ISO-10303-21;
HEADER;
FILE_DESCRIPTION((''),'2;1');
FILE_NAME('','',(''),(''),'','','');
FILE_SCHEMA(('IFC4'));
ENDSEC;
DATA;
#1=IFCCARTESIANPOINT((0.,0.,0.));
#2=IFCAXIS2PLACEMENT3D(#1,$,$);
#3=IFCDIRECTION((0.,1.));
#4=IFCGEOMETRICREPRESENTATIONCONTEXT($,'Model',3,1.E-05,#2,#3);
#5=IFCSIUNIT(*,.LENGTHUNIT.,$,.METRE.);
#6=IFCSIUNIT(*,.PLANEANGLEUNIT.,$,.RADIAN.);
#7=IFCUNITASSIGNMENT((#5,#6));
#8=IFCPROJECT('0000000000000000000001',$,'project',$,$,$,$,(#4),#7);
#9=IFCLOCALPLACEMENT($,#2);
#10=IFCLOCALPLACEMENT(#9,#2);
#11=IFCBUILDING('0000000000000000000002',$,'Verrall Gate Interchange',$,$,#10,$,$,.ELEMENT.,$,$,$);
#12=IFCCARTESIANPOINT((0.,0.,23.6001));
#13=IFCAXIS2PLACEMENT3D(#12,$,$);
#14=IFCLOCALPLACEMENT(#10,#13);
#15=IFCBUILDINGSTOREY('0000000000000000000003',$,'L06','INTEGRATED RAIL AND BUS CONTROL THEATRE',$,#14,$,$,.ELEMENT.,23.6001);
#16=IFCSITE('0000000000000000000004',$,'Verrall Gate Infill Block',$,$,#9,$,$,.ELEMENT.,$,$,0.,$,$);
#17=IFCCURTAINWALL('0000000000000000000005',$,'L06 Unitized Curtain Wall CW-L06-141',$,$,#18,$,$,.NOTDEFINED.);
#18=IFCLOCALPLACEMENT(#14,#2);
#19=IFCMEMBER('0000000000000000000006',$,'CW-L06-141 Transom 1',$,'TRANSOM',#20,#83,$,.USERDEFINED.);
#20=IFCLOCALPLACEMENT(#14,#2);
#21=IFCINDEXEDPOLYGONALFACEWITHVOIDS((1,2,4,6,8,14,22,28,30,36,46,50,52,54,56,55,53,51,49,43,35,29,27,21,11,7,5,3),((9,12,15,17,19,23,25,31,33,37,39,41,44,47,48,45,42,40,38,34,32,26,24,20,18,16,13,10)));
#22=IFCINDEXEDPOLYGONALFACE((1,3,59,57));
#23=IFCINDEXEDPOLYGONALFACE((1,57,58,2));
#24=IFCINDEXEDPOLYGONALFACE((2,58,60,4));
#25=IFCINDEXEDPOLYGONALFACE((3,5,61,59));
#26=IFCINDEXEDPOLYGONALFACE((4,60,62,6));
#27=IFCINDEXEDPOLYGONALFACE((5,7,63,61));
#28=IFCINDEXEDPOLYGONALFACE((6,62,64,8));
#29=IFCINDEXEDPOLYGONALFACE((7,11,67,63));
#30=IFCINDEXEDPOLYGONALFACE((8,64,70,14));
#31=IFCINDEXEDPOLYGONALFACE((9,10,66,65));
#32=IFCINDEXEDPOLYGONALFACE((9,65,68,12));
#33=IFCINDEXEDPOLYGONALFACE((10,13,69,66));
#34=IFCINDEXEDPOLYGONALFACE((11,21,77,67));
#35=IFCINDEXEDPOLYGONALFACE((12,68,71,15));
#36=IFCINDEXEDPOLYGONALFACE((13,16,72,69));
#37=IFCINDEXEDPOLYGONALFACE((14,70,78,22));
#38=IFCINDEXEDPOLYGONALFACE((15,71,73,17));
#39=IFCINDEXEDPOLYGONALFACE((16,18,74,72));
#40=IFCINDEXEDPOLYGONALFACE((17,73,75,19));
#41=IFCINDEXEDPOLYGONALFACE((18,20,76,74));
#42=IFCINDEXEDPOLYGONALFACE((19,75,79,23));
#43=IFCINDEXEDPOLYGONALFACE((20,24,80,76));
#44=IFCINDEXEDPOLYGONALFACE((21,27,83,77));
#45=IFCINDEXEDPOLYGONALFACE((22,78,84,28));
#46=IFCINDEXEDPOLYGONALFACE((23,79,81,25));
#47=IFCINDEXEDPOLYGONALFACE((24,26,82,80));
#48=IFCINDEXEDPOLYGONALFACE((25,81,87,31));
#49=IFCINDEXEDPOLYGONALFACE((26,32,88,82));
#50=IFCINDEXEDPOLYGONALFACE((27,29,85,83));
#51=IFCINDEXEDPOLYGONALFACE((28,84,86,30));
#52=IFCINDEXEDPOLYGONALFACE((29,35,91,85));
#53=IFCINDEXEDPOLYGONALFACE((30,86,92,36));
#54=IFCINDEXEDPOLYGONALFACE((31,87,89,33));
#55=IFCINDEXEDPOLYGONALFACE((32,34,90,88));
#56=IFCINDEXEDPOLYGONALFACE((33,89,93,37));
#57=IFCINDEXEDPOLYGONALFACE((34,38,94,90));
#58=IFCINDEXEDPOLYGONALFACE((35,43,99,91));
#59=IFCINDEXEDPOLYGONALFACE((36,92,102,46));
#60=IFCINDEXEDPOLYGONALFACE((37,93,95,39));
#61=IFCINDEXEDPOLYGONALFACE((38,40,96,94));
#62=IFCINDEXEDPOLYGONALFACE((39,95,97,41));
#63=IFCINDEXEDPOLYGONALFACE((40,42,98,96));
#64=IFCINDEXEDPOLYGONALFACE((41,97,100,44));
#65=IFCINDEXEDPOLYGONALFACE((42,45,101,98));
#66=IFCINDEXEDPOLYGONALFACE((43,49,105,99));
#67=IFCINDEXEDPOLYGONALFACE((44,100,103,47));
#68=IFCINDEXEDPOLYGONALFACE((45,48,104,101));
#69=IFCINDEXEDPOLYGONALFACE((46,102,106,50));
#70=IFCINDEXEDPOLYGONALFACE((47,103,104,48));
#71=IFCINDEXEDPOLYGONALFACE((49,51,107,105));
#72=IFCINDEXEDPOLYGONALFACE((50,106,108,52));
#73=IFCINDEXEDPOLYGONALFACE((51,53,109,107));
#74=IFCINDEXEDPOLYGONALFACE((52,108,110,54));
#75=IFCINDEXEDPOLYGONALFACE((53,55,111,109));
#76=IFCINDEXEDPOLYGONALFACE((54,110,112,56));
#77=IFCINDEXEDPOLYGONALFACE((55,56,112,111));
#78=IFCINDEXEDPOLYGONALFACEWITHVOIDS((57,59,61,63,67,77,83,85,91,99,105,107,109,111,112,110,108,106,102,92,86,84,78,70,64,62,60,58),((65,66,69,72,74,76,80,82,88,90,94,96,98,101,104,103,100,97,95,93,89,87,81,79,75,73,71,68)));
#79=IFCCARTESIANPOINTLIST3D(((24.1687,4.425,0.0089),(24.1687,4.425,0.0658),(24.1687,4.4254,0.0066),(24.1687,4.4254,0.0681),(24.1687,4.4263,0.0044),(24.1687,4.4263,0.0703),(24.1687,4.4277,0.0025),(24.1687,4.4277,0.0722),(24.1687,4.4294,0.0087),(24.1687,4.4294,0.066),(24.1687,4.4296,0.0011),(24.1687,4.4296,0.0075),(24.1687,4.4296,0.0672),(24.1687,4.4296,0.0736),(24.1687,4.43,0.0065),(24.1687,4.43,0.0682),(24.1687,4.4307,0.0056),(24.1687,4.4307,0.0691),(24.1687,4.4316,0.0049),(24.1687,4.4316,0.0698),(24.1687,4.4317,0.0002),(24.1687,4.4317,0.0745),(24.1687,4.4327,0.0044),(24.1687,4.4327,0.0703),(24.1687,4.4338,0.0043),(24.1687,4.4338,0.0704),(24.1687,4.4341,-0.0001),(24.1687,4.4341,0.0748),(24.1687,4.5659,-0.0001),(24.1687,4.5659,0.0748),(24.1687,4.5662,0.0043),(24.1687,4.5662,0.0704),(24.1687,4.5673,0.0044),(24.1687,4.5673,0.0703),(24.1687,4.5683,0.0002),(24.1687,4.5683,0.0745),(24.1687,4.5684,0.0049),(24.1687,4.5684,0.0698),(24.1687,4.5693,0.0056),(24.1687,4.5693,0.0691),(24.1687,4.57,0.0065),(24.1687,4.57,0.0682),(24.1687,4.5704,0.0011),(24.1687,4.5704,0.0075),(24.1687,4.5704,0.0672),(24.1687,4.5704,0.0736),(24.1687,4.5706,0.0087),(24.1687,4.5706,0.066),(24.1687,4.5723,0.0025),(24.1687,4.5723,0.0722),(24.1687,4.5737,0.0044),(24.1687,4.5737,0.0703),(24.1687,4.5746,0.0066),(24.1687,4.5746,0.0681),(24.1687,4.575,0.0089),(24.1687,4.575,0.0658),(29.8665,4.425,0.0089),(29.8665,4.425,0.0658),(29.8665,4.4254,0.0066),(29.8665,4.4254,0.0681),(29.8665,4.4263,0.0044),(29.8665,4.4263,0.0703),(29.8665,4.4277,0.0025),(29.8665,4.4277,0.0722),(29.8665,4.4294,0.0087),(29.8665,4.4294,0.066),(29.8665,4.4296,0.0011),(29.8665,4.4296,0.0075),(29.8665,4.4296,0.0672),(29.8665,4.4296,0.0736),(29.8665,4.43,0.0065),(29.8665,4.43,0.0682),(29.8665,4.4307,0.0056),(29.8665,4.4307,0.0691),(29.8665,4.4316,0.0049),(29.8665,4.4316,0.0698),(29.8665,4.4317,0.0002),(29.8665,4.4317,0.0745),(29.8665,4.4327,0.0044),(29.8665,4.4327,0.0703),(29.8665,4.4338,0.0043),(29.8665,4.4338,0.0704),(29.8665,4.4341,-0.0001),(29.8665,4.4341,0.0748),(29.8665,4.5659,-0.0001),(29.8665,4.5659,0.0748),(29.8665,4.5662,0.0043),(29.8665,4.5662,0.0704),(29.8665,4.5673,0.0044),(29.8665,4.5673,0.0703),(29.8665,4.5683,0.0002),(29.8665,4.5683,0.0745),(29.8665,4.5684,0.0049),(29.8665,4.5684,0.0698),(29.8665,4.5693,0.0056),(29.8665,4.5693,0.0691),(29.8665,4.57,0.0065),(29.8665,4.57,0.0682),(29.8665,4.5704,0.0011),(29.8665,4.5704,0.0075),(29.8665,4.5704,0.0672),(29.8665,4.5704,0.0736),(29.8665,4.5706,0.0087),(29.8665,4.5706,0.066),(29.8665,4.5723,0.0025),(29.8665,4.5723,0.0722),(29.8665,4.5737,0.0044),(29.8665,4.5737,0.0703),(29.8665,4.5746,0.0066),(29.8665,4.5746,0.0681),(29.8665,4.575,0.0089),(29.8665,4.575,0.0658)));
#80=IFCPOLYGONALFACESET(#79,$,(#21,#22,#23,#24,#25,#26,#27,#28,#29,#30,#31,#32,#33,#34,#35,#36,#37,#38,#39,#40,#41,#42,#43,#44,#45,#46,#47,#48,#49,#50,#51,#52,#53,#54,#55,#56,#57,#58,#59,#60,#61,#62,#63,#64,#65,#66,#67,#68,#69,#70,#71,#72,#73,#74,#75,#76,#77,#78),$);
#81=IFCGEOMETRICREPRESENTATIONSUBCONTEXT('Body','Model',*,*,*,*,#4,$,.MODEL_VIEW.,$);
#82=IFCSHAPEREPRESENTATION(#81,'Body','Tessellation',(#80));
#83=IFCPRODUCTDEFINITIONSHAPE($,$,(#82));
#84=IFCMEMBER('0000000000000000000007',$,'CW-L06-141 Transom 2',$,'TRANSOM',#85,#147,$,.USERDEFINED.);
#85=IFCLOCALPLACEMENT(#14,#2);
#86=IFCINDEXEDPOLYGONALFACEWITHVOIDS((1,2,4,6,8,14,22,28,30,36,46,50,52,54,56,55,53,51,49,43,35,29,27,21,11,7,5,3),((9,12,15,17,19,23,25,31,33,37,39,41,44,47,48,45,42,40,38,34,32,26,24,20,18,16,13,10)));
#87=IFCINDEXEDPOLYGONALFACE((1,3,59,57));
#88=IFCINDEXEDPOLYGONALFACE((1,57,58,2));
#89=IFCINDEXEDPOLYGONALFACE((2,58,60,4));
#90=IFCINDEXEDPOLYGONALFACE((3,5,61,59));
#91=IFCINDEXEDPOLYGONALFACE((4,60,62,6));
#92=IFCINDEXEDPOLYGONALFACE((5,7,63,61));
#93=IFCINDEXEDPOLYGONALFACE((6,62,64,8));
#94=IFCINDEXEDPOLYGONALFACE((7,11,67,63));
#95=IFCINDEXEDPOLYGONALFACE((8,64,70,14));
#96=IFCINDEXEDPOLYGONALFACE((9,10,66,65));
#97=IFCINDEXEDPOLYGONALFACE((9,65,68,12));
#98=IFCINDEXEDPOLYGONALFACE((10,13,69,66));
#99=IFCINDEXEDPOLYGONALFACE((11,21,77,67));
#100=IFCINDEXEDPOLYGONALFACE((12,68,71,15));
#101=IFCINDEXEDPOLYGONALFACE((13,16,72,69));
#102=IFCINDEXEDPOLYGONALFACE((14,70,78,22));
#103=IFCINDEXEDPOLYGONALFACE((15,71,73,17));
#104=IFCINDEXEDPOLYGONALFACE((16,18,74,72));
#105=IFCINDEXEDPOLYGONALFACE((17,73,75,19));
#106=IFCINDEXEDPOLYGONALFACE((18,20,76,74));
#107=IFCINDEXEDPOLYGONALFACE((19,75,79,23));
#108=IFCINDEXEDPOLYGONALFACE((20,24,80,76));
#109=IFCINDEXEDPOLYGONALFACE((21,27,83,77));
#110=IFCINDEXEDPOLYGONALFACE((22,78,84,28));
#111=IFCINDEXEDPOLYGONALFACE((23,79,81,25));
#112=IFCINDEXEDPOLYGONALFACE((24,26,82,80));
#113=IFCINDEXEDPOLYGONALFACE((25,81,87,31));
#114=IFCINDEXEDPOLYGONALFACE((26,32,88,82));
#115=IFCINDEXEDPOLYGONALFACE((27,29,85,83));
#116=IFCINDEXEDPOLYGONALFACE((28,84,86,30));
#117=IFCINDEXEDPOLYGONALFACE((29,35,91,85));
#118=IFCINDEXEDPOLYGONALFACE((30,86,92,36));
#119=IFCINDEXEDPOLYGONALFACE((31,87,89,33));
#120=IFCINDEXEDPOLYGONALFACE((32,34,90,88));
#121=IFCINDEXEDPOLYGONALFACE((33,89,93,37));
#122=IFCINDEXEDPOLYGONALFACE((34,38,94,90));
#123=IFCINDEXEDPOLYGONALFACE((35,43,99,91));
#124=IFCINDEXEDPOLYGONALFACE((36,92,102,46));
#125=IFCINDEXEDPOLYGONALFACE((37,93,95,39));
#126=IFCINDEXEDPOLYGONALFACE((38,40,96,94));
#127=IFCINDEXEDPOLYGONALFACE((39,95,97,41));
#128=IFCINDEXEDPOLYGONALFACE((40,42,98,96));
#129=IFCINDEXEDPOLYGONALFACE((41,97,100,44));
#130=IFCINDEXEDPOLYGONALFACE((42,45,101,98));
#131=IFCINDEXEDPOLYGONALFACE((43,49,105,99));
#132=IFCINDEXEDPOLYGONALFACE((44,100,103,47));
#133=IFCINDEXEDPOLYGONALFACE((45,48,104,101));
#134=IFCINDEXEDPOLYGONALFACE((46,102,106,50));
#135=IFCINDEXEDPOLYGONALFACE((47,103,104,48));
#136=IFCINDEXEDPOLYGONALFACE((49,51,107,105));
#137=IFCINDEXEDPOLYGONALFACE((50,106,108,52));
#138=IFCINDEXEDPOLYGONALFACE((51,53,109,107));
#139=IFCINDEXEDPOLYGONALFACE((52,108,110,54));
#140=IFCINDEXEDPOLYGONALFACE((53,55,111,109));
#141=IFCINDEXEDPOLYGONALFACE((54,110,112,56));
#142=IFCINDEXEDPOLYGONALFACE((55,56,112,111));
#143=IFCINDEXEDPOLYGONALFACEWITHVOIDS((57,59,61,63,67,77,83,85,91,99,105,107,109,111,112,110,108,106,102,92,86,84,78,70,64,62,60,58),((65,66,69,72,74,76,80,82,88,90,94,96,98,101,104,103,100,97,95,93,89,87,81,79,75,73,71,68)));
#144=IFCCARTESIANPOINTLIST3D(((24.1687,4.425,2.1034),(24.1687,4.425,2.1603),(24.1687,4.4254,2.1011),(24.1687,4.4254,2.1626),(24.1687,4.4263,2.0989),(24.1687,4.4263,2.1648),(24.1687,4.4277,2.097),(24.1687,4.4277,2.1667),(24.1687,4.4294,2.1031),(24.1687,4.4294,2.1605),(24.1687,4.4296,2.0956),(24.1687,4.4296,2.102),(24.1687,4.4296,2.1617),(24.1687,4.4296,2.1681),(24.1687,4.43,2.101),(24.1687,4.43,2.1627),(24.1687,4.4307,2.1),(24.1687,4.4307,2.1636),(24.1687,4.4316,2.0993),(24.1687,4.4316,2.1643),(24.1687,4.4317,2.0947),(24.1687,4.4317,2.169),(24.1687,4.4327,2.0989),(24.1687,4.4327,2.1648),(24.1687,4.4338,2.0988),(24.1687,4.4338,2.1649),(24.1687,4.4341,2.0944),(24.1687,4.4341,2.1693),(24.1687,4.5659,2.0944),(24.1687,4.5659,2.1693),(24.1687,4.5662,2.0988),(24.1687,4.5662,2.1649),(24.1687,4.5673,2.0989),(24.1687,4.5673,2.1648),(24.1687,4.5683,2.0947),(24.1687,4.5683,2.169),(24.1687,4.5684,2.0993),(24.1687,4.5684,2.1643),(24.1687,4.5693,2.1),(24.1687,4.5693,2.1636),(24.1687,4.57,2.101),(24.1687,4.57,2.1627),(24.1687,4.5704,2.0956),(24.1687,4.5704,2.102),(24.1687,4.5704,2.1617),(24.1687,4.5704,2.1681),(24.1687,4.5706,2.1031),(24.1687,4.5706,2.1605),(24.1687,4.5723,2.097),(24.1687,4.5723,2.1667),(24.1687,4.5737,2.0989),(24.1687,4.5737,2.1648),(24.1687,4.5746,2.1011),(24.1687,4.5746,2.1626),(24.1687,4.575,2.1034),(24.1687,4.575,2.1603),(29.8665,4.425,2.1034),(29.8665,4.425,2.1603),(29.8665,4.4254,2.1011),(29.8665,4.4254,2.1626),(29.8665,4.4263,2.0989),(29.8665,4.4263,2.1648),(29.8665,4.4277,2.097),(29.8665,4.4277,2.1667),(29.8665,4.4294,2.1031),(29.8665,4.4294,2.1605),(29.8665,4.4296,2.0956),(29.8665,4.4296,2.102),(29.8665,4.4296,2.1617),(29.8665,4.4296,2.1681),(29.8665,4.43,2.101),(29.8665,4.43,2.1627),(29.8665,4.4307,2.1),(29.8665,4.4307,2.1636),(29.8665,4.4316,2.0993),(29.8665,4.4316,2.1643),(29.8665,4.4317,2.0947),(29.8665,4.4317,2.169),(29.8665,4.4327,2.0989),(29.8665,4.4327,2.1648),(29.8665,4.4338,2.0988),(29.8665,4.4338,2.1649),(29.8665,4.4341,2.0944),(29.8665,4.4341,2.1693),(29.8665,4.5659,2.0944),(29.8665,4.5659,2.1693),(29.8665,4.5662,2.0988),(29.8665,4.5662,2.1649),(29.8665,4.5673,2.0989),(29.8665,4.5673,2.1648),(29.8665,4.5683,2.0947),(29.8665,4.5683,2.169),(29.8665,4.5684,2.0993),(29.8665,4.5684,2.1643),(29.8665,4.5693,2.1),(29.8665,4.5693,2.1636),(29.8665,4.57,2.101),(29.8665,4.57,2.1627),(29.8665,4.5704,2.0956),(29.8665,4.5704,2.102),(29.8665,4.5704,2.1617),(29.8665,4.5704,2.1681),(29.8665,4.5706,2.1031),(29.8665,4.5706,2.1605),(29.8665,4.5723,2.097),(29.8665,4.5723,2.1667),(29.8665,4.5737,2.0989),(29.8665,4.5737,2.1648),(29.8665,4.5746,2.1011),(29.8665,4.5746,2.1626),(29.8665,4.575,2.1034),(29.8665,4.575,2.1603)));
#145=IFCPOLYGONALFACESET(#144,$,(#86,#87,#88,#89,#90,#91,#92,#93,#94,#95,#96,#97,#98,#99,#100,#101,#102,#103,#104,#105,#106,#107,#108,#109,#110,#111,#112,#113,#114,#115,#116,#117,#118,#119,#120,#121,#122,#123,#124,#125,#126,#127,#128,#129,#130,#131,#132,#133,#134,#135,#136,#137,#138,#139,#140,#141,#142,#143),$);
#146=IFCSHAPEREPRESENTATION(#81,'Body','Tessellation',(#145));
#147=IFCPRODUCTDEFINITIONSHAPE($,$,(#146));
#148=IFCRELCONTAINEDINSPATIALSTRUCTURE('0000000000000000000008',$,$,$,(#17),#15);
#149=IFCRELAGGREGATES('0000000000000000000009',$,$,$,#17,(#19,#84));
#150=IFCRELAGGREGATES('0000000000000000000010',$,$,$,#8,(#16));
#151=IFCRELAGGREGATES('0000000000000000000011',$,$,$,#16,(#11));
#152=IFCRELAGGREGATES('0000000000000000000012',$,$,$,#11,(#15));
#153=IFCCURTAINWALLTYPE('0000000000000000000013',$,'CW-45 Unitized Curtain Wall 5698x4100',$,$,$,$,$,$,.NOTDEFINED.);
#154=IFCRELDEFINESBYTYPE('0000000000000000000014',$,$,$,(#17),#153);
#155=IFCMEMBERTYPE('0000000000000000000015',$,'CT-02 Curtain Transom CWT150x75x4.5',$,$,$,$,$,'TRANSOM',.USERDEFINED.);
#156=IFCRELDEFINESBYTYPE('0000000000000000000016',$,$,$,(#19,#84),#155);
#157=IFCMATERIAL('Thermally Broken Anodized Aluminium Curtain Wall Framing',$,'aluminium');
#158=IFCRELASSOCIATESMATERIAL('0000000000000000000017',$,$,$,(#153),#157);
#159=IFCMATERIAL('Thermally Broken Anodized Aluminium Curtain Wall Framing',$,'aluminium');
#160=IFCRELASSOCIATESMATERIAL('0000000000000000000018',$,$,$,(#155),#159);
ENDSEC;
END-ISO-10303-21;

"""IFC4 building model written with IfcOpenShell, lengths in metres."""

from ifc_helpers import new_model, si_unit, direction, frame, origin, origin_2d, place, context, subcontext, project, spatial, hollow_rectangle, extrude, material, material_profile, profile_set, type_object, element, aggregate, save


model = new_model("IFC4")

# Units and contexts
model_context = context("Model", 3, precision=1e-05, world=origin(), true_north=direction((0.0, 1.0)))
body_context = subcontext(model_context, "Body", "Model", "MODEL_VIEW")
ifc_project = project(units=[si_unit("LENGTHUNIT", "METRE"), si_unit("PLANEANGLEUNIT", "RADIAN")], contexts=[model_context])

# Site, building, storey
site_placement = place(None, origin())
site = spatial("IfcSite", under=ifc_project, at=site_placement, Name="Verrall Gate Infill Block", CompositionType="ELEMENT", RefElevation=0.0)
building_placement = place(site_placement, origin())
building = spatial("IfcBuilding", under=site, at=building_placement, Name="Verrall Gate Interchange", CompositionType="ELEMENT")
storey_placement = place(building_placement, frame((0.0, 0.0, 23.6001)))
storey = spatial("IfcBuildingStorey", under=building, at=storey_placement, Name="L06", Description="INTEGRATED RAIL AND BUS CONTROL THEATRE", CompositionType="ELEMENT", Elevation=23.6001)

# Shared definitions
ifc_material_1 = material(Name="Thermally Broken Anodized Aluminium Curtain Wall Framing", Category="aluminium")
curtain_wall_type = type_object("IfcCurtainWallType", Name="CW-45 Unitized Curtain Wall 5698x4100", PredefinedType="NOTDEFINED", material=ifc_material_1)

# Curtain wall
curtain_wall_1_placement = place(storey_placement, origin())
curtain_wall_1 = element("IfcCurtainWall", 1, at=curtain_wall_1_placement, inside=storey, type_object=curtain_wall_type, Name="L06 Unitized Curtain Wall CW-L06-141", PredefinedType="NOTDEFINED")

# Members
ifc_material_2 = material(Name="Thermally Broken Anodized Aluminium Curtain Wall Framing", Category="aluminium")
ifc_material_profile_1 = material_profile(ifc_material_2, hollow_rectangle(XDim=0.1499, YDim=0.075, WallThickness=0.0044, InnerFilletRadius=0.0044, OuterFilletRadius=0.009, at=origin_2d()), Name="CWT150x75x4.5")
ifc_profile_set_1 = profile_set([ifc_material_profile_1], Name="Thermally Broken Anodized Aluminium Curtain Wall Framing")
member_type_1 = type_object("IfcMemberType", Name="CT-02 Curtain Transom CWT150x75x4.5", ElementType="TRANSOM", PredefinedType="USERDEFINED", material=ifc_profile_set_1)
member_1_placement = place(storey_placement, frame((24.1687, 4.5, 0.0374), z_axis=(1.0, 0.0, 0.0), x_axis=(0.0, 1.0, 0.0)))
member_1 = element("IfcMember", 2, at=member_1_placement, type_object=member_type_1, Name="CW-L06-141 Transom 1", ObjectType="TRANSOM", PredefinedType="USERDEFINED", context=body_context, shape_type="SweptSolid", body=[
    extrude(hollow_rectangle(XDim=0.1499, YDim=0.075, WallThickness=0.0044, InnerFilletRadius=0.0044, OuterFilletRadius=0.009, at=origin_2d()), origin(), (0.0, 0.0, 1.0), 5.6978),
])
member_2_placement = place(storey_placement, frame((24.1687, 4.5, 2.1318), z_axis=(1.0, 0.0, 0.0), x_axis=(0.0, 1.0, 0.0)))
member_2 = element("IfcMember", 3, at=member_2_placement, type_object=member_type_1, Name="CW-L06-141 Transom 2", ObjectType="TRANSOM", PredefinedType="USERDEFINED", context=body_context, shape_type="SweptSolid", body=[
    extrude(hollow_rectangle(XDim=0.1499, YDim=0.075, WallThickness=0.0044, InnerFilletRadius=0.0044, OuterFilletRadius=0.009, at=origin_2d()), origin(), (0.0, 0.0, 1.0), 5.6978),
])

aggregate(curtain_wall_1, [member_1, member_2])

save(model, "model.ifc")
